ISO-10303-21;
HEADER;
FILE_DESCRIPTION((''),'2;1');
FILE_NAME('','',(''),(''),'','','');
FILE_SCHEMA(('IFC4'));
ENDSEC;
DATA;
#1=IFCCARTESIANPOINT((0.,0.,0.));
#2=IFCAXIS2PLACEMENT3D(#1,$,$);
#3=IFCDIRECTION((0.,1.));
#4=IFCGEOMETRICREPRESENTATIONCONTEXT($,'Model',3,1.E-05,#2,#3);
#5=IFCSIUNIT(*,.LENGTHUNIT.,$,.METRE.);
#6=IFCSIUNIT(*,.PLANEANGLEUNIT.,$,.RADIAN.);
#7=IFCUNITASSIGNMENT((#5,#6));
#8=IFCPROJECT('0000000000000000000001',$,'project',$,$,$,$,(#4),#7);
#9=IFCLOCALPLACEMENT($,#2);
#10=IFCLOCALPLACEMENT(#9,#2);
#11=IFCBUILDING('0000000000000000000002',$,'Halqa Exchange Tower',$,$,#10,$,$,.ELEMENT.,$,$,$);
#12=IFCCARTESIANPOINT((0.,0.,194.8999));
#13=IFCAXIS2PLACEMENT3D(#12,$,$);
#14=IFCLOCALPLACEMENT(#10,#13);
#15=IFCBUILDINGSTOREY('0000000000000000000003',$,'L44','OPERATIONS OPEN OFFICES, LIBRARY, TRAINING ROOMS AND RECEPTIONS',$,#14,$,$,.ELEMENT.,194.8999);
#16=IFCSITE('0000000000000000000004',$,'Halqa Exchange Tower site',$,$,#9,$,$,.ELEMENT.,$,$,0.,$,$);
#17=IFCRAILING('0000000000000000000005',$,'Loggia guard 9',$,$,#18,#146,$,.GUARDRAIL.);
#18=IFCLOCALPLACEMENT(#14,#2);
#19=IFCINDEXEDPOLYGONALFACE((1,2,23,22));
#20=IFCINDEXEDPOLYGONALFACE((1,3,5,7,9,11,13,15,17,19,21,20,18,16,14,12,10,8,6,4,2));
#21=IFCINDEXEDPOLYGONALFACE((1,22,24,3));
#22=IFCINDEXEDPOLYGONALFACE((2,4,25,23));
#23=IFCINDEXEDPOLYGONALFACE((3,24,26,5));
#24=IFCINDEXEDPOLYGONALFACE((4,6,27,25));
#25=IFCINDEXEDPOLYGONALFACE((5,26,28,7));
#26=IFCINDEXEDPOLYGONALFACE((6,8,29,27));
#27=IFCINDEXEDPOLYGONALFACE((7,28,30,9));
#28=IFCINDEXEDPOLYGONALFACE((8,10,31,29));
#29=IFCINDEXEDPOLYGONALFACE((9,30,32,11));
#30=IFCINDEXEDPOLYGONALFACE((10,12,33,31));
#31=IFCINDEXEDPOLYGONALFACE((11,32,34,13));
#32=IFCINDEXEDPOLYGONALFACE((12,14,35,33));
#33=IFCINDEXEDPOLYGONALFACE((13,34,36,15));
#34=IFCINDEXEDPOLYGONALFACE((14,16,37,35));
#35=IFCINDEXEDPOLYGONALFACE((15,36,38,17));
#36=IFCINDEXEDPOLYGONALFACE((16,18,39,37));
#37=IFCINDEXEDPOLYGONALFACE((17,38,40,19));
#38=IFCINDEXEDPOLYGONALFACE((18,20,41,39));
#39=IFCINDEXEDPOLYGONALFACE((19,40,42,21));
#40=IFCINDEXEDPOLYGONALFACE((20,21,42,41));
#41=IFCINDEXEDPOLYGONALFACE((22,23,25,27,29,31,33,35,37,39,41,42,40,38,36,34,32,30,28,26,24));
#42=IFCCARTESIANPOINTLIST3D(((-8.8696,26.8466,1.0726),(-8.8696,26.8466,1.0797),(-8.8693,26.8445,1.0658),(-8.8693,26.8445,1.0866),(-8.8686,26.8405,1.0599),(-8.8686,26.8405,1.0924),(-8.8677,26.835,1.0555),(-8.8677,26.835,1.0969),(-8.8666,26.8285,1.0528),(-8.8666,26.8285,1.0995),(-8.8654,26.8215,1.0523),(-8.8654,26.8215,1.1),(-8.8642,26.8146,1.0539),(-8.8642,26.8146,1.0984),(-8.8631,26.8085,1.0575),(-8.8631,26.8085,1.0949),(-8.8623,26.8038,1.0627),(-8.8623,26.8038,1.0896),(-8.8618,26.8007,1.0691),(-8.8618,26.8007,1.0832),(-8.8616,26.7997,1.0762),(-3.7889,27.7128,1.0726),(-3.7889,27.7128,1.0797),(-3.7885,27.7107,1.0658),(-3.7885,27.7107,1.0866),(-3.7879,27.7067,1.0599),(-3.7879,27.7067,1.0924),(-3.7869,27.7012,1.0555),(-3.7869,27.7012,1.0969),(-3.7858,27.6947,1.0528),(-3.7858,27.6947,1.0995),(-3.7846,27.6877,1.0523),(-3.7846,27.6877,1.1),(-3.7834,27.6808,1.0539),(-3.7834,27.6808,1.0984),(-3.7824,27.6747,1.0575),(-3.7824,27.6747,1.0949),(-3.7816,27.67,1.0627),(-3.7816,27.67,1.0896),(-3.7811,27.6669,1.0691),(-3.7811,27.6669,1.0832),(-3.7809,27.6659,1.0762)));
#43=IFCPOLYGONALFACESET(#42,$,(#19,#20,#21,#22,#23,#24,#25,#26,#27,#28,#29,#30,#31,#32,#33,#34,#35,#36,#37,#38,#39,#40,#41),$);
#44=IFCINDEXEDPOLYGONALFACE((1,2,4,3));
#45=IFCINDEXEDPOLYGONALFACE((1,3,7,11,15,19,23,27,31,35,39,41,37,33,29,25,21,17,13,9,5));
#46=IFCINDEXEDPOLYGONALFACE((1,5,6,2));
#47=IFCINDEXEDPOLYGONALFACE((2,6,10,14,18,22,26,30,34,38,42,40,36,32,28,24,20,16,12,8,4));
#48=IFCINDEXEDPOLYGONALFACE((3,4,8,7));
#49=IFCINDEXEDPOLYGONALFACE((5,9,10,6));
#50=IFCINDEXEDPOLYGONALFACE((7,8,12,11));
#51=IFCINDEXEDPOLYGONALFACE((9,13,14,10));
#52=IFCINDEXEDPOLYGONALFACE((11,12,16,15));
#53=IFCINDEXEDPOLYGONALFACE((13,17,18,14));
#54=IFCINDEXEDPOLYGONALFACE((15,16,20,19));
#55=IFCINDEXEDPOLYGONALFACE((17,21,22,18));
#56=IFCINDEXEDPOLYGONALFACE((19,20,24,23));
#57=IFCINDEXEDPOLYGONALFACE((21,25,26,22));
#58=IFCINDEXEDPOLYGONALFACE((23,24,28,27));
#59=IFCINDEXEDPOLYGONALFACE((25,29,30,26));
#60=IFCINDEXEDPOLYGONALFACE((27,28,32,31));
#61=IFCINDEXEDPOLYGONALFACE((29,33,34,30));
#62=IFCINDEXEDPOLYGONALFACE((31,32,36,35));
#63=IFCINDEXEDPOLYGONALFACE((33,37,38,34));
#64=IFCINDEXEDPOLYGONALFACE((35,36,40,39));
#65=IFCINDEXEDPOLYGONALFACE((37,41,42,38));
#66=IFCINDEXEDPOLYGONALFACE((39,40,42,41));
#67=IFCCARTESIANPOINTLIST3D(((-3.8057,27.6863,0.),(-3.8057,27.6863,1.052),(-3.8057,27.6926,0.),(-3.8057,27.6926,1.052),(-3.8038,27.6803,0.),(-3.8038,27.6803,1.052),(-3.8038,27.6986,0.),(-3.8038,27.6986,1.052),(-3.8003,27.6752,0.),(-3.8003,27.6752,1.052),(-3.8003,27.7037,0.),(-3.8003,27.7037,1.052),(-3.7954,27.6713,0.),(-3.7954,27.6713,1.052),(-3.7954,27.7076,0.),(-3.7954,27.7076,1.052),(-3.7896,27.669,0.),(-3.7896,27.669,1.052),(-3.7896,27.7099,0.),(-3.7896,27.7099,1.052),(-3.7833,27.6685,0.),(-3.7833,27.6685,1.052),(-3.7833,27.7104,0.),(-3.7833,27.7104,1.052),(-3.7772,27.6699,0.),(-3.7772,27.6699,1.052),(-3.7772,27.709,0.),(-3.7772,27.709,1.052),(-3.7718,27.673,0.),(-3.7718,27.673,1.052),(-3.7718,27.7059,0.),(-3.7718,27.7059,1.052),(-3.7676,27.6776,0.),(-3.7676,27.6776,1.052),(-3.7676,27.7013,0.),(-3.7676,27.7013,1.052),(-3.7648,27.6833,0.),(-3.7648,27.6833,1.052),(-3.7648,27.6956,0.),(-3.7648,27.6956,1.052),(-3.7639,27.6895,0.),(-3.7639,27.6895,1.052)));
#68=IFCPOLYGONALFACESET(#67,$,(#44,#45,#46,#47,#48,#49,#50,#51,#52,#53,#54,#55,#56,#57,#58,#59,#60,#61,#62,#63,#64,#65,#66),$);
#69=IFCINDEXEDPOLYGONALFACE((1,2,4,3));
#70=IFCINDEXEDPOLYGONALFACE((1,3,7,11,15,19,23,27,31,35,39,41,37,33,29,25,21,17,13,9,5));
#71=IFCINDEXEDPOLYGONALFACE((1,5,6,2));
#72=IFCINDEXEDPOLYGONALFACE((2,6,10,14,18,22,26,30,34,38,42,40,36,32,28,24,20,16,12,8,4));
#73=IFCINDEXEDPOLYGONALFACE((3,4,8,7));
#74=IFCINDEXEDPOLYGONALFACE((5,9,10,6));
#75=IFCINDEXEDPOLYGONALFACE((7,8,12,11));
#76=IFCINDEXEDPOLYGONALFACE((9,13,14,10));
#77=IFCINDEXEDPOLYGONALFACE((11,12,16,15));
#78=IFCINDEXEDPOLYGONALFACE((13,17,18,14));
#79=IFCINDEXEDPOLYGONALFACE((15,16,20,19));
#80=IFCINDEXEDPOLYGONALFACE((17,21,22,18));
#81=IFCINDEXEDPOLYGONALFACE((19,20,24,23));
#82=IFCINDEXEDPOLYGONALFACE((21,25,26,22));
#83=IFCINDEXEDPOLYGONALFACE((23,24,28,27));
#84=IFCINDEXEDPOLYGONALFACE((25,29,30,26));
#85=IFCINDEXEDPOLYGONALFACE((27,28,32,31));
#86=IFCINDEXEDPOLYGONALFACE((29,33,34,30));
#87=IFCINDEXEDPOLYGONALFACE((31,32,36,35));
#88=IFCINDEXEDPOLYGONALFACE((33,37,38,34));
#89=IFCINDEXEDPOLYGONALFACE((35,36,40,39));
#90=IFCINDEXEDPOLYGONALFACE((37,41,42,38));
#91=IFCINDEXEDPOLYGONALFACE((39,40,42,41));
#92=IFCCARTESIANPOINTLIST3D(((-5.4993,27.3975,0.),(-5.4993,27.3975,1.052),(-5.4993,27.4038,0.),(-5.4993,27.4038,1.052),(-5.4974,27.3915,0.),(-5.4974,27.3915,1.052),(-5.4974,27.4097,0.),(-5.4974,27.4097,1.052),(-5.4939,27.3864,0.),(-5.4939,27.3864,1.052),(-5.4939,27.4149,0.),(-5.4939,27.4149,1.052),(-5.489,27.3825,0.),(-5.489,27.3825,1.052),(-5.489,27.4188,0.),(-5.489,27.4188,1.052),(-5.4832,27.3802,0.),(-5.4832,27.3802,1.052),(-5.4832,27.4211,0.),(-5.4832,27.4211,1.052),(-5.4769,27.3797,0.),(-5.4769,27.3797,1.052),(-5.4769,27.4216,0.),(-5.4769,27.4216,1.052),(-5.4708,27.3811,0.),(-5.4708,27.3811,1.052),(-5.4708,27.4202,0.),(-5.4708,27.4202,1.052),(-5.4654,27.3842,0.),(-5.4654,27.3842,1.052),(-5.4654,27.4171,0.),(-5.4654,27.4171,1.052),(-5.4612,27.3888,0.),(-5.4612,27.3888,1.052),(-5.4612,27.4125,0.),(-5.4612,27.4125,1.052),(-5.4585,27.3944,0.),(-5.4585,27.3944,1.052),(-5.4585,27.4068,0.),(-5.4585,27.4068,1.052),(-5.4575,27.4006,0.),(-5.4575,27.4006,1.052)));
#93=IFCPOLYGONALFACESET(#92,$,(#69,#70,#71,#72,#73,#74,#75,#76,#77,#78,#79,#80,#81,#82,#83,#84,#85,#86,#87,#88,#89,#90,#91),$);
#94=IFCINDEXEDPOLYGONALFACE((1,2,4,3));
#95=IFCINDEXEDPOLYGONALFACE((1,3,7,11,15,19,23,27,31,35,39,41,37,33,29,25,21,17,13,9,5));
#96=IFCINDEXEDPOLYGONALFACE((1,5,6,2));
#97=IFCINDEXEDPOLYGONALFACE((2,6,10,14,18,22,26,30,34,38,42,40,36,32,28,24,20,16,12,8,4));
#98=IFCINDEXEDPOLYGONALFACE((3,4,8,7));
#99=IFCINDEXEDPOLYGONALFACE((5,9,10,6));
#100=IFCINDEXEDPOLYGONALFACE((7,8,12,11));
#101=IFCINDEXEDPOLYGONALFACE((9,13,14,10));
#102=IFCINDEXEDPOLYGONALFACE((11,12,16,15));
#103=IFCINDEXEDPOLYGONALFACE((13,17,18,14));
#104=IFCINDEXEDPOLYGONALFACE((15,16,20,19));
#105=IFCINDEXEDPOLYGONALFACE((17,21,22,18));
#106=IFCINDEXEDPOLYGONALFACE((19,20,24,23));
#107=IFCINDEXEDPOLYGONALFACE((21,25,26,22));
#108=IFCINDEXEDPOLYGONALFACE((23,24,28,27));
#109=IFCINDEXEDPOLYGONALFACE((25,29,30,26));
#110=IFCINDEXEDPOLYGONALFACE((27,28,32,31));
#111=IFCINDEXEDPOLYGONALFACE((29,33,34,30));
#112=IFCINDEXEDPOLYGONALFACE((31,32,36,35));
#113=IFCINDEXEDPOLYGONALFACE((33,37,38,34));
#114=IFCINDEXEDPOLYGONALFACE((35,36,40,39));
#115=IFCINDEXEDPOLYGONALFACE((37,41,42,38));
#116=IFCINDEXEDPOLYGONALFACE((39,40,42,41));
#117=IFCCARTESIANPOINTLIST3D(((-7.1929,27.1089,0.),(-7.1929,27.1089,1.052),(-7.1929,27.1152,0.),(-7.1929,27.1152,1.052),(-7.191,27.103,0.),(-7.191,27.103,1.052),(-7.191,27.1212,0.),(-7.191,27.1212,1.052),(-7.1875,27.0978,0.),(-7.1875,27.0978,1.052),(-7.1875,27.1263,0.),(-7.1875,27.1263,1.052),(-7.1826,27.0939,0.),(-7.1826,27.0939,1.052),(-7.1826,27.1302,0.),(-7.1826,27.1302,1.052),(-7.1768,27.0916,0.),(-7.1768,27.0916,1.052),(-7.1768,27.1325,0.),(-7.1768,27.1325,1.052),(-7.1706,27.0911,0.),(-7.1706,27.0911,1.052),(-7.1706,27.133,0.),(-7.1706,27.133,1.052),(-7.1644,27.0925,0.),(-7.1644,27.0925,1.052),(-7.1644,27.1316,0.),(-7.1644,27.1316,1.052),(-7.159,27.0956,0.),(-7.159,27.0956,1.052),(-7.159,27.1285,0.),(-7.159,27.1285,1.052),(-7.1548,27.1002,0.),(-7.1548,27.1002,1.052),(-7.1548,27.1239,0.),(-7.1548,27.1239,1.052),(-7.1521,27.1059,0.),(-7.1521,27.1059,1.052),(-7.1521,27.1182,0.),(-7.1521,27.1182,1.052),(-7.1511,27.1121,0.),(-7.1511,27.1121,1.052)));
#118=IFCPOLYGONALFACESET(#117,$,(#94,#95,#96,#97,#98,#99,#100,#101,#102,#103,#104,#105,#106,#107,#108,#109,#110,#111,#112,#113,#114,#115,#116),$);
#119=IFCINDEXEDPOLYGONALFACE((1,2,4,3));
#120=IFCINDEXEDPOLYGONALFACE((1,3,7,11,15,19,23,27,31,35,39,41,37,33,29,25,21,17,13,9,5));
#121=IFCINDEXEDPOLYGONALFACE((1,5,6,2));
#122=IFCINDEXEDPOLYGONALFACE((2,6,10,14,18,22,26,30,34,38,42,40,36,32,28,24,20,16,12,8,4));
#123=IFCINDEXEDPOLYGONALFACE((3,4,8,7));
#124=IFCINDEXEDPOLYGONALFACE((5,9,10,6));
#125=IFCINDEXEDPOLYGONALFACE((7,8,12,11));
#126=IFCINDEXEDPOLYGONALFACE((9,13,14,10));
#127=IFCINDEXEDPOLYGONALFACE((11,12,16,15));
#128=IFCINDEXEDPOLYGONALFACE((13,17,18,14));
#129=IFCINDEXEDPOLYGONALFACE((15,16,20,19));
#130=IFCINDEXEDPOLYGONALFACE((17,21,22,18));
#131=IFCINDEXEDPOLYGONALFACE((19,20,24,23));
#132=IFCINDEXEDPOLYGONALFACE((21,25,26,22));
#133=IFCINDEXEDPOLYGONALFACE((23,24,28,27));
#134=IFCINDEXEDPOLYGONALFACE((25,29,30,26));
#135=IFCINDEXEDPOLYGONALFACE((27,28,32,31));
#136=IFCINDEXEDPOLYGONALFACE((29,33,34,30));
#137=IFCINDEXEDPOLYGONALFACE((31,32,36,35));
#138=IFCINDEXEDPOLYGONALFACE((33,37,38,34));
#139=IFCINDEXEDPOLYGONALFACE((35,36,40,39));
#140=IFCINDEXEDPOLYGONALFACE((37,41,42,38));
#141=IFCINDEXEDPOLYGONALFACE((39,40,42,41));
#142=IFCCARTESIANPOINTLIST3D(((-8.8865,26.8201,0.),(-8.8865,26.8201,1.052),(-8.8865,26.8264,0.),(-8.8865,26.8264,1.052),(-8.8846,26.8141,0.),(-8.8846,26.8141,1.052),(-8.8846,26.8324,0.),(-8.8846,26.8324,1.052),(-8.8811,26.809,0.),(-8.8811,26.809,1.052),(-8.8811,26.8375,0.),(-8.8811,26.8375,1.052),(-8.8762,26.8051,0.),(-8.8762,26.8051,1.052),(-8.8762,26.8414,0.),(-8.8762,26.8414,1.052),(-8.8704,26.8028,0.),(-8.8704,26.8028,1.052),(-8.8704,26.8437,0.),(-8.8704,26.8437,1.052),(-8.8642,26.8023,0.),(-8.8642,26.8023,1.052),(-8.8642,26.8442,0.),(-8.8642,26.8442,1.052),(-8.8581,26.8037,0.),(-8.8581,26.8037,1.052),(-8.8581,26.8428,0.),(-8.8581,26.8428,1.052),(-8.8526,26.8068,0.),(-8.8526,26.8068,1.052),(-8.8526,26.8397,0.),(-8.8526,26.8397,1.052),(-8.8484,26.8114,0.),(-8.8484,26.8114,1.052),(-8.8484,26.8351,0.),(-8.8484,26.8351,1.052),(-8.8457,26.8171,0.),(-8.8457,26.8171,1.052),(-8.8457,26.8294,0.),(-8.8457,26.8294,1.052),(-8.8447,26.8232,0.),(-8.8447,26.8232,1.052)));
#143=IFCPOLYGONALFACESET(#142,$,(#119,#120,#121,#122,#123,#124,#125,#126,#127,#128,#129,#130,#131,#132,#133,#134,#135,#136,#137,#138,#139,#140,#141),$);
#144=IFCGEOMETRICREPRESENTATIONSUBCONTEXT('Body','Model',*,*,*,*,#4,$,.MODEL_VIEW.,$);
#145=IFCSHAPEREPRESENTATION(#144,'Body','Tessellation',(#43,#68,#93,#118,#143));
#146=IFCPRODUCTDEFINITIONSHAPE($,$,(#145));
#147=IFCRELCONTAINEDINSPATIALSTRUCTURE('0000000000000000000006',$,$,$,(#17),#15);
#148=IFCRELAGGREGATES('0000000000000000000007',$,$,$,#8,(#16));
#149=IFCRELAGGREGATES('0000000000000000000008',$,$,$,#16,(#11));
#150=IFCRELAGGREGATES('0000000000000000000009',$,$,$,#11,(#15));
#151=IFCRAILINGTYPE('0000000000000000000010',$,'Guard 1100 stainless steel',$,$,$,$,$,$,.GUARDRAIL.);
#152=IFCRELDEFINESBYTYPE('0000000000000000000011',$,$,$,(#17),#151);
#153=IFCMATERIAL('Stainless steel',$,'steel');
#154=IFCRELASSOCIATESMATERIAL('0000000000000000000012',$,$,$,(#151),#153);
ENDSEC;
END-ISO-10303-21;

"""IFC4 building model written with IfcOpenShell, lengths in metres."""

from ifc_helpers import new_model, si_unit, direction, frame, origin, origin_2d, place, context, subcontext, project, spatial, circle, extrude, material, type_object, element, save


model = new_model("IFC4")

# Units and contexts
model_context = context("Model", 3, precision=1e-05, world=origin(), true_north=direction((0.0, 1.0)))
body_context = subcontext(model_context, "Body", "Model", "MODEL_VIEW")
ifc_project = project(units=[si_unit("LENGTHUNIT", "METRE"), si_unit("PLANEANGLEUNIT", "RADIAN")], contexts=[model_context])

# Site, building, storey
site_placement = place(None, origin())
site = spatial("IfcSite", under=ifc_project, at=site_placement, Name="Halqa Exchange Tower site", CompositionType="ELEMENT", RefElevation=0.0)
building_placement = place(site_placement, origin())
building = spatial("IfcBuilding", under=site, at=building_placement, Name="Halqa Exchange Tower", CompositionType="ELEMENT")
storey_placement = place(building_placement, frame((0.0, 0.0, 194.8999)))
storey = spatial("IfcBuildingStorey", under=building, at=storey_placement, Name="L44", Description="OPERATIONS OPEN OFFICES, LIBRARY, TRAINING ROOMS AND RECEPTIONS", CompositionType="ELEMENT", Elevation=194.8999)

# Railing
ifc_material_1 = material(Name="Stainless steel", Category="steel")
railing_type_1 = type_object("IfcRailingType", Name="Guard 1100 stainless steel", PredefinedType="GUARDRAIL", material=ifc_material_1)
railing_1_placement = place(storey_placement, frame((-3.7849, 27.6895, 0.0)))
element("IfcRailing", 1, at=railing_1_placement, inside=storey, type_object=railing_type_1, Name="Loggia guard 9", PredefinedType="GUARDRAIL", context=body_context, shape_type="SweptSolid", body=[
    extrude(circle(Radius=0.0239, at=origin_2d()), frame((0.0, 0.0, 1.0762), z_axis=(-0.985776, -0.168062, 0.0), x_axis=(0.168062, -0.985776, 0.0)), (0.0, 0.0, 1.0), 5.1541),
    extrude(circle(Radius=0.021, at=origin_2d()), origin(), (0.0, 0.0, 1.0), 1.052),
    extrude(circle(Radius=0.021, at=origin_2d()), frame((-1.6936, -0.2888, 0.0)), (0.0, 0.0, 1.0), 1.052),
    extrude(circle(Radius=0.021, at=origin_2d()), frame((-3.3872, -0.5774, 0.0)), (0.0, 0.0, 1.0), 1.052),
    extrude(circle(Radius=0.021, at=origin_2d()), frame((-5.0808, -0.8662, 0.0)), (0.0, 0.0, 1.0), 1.052),
])

save(model, "model.ifc")
